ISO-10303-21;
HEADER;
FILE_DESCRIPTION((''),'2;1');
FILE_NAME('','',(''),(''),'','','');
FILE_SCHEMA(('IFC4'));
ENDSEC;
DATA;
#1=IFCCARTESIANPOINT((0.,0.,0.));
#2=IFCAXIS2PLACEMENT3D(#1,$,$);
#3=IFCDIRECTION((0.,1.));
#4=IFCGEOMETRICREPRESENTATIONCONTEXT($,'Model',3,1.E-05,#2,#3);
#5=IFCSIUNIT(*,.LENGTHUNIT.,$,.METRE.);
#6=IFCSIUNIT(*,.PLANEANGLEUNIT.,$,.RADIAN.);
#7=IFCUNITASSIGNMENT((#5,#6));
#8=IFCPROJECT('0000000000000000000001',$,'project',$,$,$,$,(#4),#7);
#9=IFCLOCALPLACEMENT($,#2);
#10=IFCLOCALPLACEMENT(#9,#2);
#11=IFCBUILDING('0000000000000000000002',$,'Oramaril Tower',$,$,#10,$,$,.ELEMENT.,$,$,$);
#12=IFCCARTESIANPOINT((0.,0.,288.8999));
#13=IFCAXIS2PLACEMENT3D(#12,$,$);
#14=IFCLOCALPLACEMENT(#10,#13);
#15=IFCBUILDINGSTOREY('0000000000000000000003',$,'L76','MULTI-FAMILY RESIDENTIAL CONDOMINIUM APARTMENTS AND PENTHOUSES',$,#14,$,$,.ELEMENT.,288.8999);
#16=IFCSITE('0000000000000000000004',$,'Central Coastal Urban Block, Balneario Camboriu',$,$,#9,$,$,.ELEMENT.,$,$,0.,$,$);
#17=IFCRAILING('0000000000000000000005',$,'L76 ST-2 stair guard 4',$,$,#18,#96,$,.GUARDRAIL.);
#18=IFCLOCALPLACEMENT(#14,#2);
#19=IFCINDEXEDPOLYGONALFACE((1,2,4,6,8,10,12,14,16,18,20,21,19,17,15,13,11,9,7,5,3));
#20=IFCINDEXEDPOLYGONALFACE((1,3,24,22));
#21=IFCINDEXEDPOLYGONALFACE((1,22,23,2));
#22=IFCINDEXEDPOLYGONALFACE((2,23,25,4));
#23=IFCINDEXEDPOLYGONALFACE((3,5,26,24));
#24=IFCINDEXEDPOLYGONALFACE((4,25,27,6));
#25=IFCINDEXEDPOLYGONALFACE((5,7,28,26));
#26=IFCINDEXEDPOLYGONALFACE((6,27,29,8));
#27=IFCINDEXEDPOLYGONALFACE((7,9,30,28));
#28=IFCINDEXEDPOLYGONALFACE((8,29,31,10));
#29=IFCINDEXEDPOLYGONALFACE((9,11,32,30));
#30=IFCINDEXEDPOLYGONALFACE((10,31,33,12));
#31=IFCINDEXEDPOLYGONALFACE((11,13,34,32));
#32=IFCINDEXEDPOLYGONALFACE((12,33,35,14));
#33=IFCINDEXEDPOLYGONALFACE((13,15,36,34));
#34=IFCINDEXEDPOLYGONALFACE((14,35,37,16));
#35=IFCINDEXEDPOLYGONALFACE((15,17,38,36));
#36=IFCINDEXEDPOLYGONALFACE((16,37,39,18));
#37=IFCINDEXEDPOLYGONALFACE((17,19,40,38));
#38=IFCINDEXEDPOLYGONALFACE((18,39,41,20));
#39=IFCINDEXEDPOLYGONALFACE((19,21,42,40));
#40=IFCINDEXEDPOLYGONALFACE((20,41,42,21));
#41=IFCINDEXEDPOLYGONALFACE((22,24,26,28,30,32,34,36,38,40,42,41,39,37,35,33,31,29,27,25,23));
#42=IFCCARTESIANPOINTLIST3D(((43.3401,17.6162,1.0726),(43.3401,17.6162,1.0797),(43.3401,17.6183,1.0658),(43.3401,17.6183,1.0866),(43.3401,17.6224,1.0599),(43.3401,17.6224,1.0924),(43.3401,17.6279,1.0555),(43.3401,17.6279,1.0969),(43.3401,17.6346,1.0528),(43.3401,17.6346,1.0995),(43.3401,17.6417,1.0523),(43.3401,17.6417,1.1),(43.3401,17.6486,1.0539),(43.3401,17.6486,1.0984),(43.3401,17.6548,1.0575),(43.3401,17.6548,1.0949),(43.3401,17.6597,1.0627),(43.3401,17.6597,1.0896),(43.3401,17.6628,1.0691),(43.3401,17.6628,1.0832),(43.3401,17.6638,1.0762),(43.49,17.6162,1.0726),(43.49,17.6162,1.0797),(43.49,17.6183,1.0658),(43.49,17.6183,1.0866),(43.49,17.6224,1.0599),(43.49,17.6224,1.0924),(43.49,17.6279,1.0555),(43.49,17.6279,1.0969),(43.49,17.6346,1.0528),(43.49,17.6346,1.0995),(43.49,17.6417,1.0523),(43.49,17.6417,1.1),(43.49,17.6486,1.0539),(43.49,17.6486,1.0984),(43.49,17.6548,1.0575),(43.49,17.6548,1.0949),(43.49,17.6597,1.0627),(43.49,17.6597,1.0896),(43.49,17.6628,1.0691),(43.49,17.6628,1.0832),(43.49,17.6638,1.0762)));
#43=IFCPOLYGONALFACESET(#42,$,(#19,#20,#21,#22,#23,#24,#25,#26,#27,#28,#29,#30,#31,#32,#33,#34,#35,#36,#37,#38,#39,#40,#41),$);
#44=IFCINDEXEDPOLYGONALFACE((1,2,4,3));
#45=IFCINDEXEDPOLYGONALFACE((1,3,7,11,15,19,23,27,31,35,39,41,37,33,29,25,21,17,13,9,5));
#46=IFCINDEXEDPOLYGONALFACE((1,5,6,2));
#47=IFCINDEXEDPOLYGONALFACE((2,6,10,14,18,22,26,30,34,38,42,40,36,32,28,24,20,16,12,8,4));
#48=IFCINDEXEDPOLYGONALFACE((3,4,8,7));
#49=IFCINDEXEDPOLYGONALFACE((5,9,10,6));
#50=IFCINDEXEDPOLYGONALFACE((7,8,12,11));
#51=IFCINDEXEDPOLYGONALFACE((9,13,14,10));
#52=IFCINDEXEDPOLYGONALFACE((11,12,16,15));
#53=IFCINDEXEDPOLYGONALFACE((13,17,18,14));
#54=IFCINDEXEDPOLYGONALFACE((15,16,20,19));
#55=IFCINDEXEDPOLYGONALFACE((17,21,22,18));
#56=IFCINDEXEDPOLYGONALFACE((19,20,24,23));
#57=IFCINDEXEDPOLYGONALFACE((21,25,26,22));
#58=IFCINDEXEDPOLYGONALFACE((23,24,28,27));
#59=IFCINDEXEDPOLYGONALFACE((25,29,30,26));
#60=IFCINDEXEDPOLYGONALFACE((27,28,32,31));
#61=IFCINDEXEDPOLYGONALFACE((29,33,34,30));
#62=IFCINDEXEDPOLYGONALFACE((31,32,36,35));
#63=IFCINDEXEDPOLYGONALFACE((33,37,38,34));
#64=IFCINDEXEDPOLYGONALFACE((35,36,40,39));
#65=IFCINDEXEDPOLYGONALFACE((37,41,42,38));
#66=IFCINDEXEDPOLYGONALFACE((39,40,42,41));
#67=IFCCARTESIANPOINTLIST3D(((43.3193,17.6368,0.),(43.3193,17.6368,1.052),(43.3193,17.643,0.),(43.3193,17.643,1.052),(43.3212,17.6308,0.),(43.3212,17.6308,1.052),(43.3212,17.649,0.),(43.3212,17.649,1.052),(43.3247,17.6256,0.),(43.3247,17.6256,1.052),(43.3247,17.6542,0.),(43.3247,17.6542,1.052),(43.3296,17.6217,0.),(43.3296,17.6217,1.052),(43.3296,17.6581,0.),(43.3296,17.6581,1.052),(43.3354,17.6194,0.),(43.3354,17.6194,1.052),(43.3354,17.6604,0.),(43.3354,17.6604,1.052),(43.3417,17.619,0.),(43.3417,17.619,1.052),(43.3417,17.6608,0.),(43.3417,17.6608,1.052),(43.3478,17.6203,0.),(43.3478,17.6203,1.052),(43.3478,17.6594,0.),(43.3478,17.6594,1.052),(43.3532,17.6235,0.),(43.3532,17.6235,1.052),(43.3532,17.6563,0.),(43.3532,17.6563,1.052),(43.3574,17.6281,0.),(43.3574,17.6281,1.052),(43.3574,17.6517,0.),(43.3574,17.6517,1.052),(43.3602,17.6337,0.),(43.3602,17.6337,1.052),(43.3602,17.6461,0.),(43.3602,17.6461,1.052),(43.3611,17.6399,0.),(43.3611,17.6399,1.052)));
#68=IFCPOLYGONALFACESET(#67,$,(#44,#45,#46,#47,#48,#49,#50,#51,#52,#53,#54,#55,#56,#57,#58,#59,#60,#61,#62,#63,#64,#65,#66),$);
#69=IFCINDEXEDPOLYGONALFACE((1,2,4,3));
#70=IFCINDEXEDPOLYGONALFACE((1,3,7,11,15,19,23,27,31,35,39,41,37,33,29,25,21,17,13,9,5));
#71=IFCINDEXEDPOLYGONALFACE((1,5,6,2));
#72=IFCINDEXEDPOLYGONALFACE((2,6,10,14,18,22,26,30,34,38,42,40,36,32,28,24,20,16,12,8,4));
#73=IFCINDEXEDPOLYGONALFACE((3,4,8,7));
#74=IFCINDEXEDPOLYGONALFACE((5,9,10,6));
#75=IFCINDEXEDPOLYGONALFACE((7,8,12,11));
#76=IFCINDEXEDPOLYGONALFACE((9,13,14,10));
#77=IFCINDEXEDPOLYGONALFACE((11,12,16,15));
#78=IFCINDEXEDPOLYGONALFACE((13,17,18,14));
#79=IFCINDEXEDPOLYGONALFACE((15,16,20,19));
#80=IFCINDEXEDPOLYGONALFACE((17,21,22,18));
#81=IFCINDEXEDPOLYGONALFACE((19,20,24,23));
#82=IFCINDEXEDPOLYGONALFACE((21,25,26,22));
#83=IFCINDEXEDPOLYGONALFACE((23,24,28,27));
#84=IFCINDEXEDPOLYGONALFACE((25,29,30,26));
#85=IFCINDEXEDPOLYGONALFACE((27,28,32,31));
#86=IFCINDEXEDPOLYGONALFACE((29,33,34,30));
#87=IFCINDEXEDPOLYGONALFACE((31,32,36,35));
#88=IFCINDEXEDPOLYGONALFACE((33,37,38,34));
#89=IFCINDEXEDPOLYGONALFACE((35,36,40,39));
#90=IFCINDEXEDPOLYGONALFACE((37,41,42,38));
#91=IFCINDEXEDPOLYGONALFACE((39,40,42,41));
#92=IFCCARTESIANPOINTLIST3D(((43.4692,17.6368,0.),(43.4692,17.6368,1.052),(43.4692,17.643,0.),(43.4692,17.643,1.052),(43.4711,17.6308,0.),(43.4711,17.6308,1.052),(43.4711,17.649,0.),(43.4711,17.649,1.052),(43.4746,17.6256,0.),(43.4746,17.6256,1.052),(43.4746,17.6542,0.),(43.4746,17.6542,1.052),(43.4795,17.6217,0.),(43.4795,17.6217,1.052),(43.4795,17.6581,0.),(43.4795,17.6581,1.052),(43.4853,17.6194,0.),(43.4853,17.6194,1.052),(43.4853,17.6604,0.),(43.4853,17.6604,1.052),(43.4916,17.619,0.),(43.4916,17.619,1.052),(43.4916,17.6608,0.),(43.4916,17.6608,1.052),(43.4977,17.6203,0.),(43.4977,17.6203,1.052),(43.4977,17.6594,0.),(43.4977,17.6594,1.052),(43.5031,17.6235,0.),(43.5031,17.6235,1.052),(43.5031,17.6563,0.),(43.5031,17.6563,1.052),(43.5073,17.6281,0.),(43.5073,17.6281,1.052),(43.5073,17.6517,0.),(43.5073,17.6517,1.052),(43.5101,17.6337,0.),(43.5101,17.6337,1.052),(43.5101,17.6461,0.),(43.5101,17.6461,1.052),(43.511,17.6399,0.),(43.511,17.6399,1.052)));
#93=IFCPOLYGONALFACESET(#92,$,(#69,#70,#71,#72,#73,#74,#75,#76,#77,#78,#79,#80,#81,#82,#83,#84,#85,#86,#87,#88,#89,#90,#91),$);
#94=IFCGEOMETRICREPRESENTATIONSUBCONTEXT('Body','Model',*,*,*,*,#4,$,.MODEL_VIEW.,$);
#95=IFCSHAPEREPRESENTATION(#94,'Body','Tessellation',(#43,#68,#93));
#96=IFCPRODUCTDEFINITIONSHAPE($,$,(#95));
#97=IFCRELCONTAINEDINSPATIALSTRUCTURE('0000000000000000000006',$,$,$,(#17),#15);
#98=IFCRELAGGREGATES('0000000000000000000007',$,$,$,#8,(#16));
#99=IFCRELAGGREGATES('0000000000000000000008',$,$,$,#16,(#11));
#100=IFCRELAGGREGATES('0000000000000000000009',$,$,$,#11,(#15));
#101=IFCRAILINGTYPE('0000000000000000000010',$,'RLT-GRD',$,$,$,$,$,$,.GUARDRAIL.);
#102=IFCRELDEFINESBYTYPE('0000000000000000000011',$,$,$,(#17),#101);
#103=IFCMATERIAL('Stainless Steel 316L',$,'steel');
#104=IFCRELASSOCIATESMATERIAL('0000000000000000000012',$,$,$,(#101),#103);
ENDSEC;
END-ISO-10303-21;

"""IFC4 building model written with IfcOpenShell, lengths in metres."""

from ifc_helpers import new_model, si_unit, direction, frame, origin, origin_2d, place, context, subcontext, project, spatial, circle, extrude, material, type_object, element, save


model = new_model("IFC4")

# Units and contexts
model_context = context("Model", 3, precision=1e-05, world=origin(), true_north=direction((0.0, 1.0)))
body_context = subcontext(model_context, "Body", "Model", "MODEL_VIEW")
ifc_project = project(units=[si_unit("LENGTHUNIT", "METRE"), si_unit("PLANEANGLEUNIT", "RADIAN")], contexts=[model_context])

# Site, building, storey
site_placement = place(None, origin())
site = spatial("IfcSite", under=ifc_project, at=site_placement, Name="Central Coastal Urban Block, Balneario Camboriu", CompositionType="ELEMENT", RefElevation=0.0)
building_placement = place(site_placement, origin())
building = spatial("IfcBuilding", under=site, at=building_placement, Name="Oramaril Tower", CompositionType="ELEMENT")
storey_placement = place(building_placement, frame((0.0, 0.0, 288.8999)))
storey = spatial("IfcBuildingStorey", under=building, at=storey_placement, Name="L76", Description="MULTI-FAMILY RESIDENTIAL CONDOMINIUM APARTMENTS AND PENTHOUSES", CompositionType="ELEMENT", Elevation=288.8999)

# Railing
ifc_material_1 = material(Name="Stainless Steel 316L", Category="steel")
railing_type_1 = type_object("IfcRailingType", Name="RLT-GRD", PredefinedType="GUARDRAIL", material=ifc_material_1)
railing_1_placement = place(storey_placement, frame((43.3401, 17.6399, 0.0)))
element("IfcRailing", 1, at=railing_1_placement, inside=storey, type_object=railing_type_1, Name="L76 ST-2 stair guard 4", PredefinedType="GUARDRAIL", context=body_context, shape_type="SweptSolid", body=[
    extrude(circle(Radius=0.0239, at=origin_2d()), frame((0.0, 0.0, 1.0762), z_axis=(1.0, 0.0, 0.0), x_axis=(0.0, 1.0, 0.0)), (0.0, 0.0, 1.0), 0.1499),
    extrude(circle(Radius=0.021, at=origin_2d()), origin(), (0.0, 0.0, 1.0), 1.052),
    extrude(circle(Radius=0.021, at=origin_2d()), frame((0.1499, 0.0, 0.0)), (0.0, 0.0, 1.0), 1.052),
])

save(model, "model.ifc")
